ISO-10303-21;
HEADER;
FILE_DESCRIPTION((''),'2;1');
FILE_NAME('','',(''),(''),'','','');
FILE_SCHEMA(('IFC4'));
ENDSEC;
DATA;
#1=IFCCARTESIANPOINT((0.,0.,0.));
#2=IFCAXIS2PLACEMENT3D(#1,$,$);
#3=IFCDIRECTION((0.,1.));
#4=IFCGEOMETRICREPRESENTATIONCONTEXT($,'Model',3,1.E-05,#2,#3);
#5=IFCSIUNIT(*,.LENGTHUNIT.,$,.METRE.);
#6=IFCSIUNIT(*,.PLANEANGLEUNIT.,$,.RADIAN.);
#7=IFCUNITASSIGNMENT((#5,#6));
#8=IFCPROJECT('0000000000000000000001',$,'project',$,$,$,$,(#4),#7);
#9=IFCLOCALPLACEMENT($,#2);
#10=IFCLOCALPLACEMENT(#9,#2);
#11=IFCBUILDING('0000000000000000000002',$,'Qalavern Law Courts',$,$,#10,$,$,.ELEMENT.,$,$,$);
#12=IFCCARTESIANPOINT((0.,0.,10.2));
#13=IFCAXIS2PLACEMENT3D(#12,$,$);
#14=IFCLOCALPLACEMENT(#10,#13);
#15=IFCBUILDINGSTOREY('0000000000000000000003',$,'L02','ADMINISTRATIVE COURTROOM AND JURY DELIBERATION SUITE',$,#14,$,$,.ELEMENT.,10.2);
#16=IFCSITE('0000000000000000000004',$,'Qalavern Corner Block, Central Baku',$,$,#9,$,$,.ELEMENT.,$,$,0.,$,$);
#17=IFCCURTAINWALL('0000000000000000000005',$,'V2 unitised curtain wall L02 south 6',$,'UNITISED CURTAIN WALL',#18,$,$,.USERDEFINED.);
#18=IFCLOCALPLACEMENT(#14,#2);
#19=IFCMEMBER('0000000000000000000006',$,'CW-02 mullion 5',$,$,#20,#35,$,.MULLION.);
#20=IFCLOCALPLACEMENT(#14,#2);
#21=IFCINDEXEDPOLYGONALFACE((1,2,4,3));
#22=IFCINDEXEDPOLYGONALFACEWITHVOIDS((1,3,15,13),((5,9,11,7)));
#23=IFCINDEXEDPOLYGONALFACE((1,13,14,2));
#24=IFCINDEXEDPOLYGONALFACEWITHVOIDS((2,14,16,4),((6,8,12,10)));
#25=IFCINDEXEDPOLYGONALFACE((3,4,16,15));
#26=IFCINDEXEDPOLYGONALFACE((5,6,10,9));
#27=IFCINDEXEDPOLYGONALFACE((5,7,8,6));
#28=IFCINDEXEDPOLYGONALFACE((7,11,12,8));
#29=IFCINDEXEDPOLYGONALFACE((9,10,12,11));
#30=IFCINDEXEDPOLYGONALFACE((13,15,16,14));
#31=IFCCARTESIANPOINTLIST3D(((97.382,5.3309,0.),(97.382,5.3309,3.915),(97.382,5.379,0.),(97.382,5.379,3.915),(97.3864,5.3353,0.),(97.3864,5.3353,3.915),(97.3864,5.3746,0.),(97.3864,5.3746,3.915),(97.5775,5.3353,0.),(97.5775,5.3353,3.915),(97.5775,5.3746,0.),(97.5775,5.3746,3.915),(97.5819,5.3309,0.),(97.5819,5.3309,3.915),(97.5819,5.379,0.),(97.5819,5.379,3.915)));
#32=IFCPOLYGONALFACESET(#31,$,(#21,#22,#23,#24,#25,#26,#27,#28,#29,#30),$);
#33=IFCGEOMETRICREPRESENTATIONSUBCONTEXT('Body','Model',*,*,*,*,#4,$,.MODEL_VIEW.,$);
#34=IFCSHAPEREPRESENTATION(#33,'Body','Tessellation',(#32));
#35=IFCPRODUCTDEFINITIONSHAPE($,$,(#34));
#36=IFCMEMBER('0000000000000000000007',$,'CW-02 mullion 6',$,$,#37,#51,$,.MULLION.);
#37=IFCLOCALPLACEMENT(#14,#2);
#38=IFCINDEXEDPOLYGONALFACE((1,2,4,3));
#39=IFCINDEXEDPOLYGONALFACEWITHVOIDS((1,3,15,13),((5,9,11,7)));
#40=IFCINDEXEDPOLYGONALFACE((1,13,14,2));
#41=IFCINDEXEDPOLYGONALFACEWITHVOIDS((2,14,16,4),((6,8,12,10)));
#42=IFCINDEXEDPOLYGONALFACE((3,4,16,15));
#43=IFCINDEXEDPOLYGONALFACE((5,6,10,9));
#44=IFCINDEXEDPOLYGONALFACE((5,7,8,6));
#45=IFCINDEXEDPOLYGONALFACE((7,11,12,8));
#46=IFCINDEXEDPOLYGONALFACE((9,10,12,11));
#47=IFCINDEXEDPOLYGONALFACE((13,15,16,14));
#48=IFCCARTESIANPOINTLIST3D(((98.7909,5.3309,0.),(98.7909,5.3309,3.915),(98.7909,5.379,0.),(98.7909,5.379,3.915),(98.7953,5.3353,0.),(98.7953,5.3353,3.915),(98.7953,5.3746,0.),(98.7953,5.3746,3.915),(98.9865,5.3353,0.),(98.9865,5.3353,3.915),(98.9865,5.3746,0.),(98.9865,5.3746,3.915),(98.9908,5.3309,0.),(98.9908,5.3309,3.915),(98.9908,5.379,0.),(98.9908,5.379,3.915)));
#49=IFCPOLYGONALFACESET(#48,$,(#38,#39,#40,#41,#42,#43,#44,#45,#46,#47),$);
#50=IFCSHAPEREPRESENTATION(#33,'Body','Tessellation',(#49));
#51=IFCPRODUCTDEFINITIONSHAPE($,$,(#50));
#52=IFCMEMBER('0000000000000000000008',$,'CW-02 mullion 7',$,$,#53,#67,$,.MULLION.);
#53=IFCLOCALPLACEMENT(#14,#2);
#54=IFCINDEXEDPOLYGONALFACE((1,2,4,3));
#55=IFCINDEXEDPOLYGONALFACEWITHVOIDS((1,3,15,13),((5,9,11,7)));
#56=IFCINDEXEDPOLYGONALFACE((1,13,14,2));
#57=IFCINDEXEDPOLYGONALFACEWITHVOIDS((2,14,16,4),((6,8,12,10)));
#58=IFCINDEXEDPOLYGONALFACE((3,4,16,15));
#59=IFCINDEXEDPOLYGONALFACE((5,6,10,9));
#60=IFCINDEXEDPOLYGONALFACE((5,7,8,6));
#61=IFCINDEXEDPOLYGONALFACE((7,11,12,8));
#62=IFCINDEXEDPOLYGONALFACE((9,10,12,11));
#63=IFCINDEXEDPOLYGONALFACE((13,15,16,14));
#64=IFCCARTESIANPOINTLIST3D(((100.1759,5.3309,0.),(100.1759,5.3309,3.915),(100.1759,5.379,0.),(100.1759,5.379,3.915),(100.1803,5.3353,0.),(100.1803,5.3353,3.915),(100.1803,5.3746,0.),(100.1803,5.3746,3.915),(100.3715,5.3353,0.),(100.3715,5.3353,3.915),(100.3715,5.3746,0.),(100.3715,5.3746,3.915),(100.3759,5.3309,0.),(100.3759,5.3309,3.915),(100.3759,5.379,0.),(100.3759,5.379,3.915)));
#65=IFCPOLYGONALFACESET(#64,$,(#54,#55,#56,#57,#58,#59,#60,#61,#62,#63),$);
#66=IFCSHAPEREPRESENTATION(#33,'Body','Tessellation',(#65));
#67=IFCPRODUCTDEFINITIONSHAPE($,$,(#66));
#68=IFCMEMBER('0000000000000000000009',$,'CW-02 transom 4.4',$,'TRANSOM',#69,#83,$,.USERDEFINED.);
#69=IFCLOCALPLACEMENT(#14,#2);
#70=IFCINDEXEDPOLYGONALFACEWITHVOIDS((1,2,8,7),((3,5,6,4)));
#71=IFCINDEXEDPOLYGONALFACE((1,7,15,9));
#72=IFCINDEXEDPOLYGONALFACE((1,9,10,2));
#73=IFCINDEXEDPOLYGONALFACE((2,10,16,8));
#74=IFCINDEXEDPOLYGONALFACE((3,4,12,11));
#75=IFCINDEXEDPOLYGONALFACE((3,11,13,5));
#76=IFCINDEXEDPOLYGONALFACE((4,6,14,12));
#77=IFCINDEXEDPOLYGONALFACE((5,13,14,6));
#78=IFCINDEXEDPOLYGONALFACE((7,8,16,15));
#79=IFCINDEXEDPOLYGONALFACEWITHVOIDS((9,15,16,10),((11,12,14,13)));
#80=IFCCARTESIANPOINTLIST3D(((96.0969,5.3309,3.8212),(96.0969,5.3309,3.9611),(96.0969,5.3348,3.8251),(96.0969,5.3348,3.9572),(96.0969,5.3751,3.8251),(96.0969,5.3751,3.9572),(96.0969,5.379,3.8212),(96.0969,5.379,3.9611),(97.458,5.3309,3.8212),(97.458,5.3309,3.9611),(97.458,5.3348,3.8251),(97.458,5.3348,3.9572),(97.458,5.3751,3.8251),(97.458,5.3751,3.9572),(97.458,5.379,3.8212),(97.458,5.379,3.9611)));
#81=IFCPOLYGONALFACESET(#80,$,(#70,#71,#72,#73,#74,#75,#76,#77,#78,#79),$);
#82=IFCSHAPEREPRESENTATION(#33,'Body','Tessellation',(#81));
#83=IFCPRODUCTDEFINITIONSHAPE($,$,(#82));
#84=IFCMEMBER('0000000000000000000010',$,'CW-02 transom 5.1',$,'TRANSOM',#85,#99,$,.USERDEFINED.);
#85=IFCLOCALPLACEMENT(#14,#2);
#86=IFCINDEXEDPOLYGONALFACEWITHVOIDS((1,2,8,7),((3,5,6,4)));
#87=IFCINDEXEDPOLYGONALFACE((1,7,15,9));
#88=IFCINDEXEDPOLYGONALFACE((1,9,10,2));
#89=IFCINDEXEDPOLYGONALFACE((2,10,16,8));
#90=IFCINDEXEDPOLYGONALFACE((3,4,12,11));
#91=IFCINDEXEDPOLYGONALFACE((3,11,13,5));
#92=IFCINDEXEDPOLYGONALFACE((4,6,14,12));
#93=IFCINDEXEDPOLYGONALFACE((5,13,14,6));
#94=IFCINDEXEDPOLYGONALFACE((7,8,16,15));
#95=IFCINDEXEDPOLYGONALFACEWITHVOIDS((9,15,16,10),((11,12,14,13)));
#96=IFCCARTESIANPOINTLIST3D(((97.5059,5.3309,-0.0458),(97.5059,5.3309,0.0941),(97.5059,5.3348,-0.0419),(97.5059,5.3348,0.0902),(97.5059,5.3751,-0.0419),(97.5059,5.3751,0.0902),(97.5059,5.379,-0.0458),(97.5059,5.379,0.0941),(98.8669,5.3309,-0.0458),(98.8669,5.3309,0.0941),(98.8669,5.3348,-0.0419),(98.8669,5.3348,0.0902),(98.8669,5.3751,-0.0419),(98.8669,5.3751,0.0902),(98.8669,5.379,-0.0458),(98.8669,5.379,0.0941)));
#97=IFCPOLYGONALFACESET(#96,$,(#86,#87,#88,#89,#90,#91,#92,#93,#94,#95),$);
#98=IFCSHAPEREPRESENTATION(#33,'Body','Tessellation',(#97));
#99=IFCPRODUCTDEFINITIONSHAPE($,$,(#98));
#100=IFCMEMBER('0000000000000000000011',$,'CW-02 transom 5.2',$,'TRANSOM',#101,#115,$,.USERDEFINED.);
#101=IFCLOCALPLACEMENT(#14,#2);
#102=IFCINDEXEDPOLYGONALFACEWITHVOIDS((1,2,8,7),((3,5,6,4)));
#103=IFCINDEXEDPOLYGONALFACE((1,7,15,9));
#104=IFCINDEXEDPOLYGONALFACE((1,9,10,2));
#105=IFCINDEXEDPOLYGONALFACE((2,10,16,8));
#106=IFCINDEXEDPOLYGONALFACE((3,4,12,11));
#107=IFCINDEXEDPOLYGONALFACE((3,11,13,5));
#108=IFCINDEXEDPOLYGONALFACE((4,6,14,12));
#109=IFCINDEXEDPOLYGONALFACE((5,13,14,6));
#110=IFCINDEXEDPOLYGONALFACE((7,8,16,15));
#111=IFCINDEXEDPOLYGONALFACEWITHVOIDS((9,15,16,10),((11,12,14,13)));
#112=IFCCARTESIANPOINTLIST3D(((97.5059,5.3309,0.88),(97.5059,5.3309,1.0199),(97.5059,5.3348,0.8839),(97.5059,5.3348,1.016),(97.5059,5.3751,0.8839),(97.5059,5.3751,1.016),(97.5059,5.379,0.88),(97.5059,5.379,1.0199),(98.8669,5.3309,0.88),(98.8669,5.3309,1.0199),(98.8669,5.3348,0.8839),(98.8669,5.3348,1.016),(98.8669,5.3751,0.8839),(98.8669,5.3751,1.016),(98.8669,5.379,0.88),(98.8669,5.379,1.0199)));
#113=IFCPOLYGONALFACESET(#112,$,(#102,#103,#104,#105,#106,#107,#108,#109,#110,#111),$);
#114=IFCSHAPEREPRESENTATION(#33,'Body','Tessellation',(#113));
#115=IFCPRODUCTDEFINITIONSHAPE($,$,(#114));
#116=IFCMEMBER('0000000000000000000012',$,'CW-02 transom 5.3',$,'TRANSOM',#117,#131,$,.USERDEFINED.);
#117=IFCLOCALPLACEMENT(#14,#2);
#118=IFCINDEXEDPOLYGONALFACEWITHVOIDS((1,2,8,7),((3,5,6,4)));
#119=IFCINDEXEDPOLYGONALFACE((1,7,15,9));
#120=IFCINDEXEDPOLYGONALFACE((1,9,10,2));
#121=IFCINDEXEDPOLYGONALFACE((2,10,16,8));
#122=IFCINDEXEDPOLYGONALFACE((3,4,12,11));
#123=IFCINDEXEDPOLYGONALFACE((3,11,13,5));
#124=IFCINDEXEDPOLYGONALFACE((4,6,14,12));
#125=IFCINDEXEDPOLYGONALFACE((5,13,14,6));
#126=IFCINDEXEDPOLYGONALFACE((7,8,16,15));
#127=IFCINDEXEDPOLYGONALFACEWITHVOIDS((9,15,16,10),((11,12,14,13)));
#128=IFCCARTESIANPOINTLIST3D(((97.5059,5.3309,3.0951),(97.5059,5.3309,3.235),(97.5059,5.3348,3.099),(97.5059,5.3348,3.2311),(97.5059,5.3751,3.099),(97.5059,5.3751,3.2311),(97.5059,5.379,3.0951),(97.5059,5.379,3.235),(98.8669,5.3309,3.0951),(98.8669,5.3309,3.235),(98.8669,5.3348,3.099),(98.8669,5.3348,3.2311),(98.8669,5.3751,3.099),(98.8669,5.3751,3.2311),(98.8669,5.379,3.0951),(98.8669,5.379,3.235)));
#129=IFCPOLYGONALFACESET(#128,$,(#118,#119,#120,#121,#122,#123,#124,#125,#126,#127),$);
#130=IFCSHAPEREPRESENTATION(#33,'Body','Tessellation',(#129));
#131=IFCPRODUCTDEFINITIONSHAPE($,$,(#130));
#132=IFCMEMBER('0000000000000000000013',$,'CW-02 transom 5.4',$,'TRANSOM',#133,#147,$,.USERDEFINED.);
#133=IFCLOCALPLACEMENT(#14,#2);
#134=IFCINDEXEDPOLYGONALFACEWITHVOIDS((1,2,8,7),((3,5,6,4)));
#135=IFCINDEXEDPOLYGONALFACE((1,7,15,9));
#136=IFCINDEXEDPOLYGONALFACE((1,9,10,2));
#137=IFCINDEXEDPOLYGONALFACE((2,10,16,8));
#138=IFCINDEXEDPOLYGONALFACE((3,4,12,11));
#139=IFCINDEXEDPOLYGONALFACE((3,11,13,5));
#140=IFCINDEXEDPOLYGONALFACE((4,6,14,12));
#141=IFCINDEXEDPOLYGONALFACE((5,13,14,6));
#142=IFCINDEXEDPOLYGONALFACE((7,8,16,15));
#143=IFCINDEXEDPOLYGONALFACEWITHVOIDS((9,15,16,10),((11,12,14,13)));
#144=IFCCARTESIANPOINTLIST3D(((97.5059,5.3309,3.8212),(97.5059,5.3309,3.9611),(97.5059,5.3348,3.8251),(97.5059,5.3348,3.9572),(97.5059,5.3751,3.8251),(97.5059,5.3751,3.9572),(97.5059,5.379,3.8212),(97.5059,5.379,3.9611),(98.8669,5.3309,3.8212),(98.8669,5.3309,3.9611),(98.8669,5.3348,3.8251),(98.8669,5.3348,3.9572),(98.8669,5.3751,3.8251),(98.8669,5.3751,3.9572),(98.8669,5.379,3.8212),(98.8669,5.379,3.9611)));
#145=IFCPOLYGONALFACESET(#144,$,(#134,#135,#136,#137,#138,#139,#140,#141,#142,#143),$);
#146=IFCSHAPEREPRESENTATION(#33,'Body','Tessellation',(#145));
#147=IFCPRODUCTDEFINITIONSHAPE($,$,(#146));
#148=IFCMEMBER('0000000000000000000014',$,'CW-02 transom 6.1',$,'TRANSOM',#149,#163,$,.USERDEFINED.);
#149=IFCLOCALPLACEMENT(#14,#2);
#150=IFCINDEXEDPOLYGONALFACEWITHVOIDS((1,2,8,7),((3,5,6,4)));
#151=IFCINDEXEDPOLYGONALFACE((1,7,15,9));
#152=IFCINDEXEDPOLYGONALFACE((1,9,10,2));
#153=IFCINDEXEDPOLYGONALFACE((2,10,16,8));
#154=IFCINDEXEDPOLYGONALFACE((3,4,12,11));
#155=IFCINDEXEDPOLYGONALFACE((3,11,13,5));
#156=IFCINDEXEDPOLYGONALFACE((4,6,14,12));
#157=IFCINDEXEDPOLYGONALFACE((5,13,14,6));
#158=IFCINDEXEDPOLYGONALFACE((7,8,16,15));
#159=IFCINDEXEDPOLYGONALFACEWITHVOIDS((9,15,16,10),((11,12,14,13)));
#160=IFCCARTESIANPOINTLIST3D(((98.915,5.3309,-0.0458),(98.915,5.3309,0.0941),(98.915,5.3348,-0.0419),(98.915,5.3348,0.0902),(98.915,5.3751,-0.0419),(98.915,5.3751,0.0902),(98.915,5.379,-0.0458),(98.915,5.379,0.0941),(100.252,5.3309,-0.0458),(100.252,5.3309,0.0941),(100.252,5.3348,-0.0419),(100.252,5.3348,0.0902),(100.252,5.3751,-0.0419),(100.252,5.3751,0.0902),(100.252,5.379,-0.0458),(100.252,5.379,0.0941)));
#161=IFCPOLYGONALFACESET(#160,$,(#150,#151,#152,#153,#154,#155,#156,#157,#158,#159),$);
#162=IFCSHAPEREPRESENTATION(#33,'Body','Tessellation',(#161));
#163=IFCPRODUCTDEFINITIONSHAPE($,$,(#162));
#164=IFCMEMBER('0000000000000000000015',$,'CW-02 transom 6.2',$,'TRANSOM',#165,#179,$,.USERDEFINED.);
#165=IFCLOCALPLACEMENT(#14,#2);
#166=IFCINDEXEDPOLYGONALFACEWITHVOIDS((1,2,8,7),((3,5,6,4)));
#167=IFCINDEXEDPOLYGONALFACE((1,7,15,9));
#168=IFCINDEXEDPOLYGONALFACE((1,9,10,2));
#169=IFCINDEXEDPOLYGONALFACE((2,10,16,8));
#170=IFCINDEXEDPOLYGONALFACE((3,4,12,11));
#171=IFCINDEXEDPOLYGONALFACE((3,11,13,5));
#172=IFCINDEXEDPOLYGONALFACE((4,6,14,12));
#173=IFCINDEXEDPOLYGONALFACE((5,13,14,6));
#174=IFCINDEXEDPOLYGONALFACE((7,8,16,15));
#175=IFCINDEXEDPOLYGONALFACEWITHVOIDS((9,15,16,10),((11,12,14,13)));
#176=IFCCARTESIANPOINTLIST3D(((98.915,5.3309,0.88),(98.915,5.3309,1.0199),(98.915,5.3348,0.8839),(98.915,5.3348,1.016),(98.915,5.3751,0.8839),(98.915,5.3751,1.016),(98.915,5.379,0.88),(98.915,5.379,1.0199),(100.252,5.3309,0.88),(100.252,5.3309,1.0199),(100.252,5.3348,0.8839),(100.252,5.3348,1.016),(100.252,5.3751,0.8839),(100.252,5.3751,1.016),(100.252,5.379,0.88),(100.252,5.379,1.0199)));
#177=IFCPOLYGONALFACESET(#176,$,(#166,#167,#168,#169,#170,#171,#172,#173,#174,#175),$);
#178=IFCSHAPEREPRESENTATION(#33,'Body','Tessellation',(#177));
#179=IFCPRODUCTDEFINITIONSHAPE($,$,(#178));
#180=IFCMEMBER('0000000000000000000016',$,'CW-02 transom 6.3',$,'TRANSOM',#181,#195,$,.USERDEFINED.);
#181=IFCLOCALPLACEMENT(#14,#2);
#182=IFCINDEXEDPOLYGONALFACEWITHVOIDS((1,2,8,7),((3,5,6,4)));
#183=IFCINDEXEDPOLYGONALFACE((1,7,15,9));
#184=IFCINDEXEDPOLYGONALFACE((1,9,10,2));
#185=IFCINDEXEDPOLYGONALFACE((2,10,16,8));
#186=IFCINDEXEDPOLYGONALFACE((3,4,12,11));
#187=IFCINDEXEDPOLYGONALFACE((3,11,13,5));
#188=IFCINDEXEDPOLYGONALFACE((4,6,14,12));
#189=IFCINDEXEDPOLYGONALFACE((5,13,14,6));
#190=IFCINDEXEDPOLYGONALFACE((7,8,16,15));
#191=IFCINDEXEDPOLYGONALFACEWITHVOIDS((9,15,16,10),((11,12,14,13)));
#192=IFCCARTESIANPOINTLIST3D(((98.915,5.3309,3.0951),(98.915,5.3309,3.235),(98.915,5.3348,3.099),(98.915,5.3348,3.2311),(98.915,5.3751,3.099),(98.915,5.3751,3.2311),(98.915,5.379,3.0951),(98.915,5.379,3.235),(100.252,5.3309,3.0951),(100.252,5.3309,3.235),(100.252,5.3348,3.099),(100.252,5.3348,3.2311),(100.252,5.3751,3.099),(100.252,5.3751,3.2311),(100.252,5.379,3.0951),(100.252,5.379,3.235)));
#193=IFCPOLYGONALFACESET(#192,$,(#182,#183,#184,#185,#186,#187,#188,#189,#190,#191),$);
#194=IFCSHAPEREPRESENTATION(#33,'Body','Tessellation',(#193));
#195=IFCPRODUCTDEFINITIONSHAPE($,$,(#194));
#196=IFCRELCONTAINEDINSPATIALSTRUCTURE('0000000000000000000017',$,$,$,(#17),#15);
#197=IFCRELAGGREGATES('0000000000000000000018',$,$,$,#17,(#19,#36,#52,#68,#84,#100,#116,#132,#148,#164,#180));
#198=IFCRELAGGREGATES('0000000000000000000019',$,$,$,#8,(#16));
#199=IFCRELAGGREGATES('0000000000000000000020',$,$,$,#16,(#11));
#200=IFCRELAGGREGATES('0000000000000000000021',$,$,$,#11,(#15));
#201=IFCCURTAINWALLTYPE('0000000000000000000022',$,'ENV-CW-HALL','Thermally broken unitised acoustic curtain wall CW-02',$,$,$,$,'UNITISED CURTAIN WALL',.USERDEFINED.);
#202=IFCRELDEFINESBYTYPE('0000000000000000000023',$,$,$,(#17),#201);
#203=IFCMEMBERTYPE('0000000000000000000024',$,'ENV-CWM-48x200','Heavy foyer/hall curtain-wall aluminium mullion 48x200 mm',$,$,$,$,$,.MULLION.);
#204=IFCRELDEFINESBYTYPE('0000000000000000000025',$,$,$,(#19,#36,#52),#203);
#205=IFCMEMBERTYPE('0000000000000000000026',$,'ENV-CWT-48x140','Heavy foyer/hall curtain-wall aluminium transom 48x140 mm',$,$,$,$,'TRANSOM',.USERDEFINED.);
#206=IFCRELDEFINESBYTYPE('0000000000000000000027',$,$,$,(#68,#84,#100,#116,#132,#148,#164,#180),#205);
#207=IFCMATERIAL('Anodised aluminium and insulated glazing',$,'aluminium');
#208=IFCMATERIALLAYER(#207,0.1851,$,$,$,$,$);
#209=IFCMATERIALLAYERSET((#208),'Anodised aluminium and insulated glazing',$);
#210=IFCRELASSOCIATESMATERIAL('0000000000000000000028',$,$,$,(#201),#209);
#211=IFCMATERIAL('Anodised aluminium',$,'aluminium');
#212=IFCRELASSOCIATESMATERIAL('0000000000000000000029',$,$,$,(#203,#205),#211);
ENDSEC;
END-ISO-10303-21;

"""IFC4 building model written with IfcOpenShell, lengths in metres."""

from ifc_helpers import new_model, si_unit, direction, frame, origin, origin_2d, place, context, subcontext, project, spatial, hollow_rectangle, extrude, material, layer, layer_set, material_profile, profile_set, type_object, element, aggregate, save


model = new_model("IFC4")

# Units and contexts
model_context = context("Model", 3, precision=1e-05, world=origin(), true_north=direction((0.0, 1.0)))
body_context = subcontext(model_context, "Body", "Model", "MODEL_VIEW")
ifc_project = project(units=[si_unit("LENGTHUNIT", "METRE"), si_unit("PLANEANGLEUNIT", "RADIAN")], contexts=[model_context])

# Site, building, storey
site_placement = place(None, origin())
site = spatial("IfcSite", under=ifc_project, at=site_placement, Name="Qalavern Corner Block, Central Baku", CompositionType="ELEMENT", RefElevation=0.0)
building_placement = place(site_placement, origin())
building = spatial("IfcBuilding", under=site, at=building_placement, Name="Qalavern Law Courts", CompositionType="ELEMENT")
storey_placement = place(building_placement, frame((0.0, 0.0, 10.2)))
storey = spatial("IfcBuildingStorey", under=building, at=storey_placement, Name="L02", Description="ADMINISTRATIVE COURTROOM AND JURY DELIBERATION SUITE", CompositionType="ELEMENT", Elevation=10.2)

# Curtain wall, members
ifc_material_1 = material(Name="Anodised aluminium and insulated glazing", Category="aluminium")
ifc_layer_1 = layer(ifc_material_1, 0.1851)
ifc_layer_set_1 = layer_set([ifc_layer_1], Name="Anodised aluminium and insulated glazing")
curtain_wall_type = type_object("IfcCurtainWallType", Name="ENV-CW-HALL", Description="Thermally broken unitised acoustic curtain wall CW-02", ElementType="UNITISED CURTAIN WALL", PredefinedType="USERDEFINED", material=ifc_layer_set_1)
curtain_wall_placement = place(storey_placement, origin())
curtain_wall = element("IfcCurtainWall", 1, at=curtain_wall_placement, inside=storey, type_object=curtain_wall_type, Name="V2 unitised curtain wall L02 south 6", ObjectType="UNITISED CURTAIN WALL", PredefinedType="USERDEFINED")
ifc_material_2 = material(Name="Anodised aluminium", Category="aluminium")
ifc_material_profile_1 = material_profile(ifc_material_2, hollow_rectangle(XDim=0.0481, YDim=0.2, WallThickness=0.0044, at=origin_2d()), Name="ALU MULLION 48x200")
ifc_profile_set_1 = profile_set([ifc_material_profile_1], Name="Anodised aluminium")
member_type_1 = type_object("IfcMemberType", Name="ENV-CWM-48x200", Description="Heavy foyer/hall curtain-wall aluminium mullion 48x200 mm", PredefinedType="MULLION", material=ifc_profile_set_1)
member_1_placement = place(storey_placement, frame((97.4819, 5.355, 0.0), z_axis=(0.0, 0.0, 1.0), x_axis=(0.0, 1.0, 0.0)))
member_1 = element("IfcMember", 2, at=member_1_placement, type_object=member_type_1, Name="CW-02 mullion 5", PredefinedType="MULLION", context=body_context, shape_type="SweptSolid", body=[
    extrude(hollow_rectangle(XDim=0.0481, YDim=0.2, WallThickness=0.0044, at=origin_2d()), origin(), (0.0, 0.0, 1.0), 3.915),
])
member_2_placement = place(storey_placement, frame((98.8909, 5.355, 0.0), z_axis=(0.0, 0.0, 1.0), x_axis=(0.0, 1.0, 0.0)))
member_2 = element("IfcMember", 3, at=member_2_placement, type_object=member_type_1, Name="CW-02 mullion 6", PredefinedType="MULLION", context=body_context, shape_type="SweptSolid", body=[
    extrude(hollow_rectangle(XDim=0.0481, YDim=0.2, WallThickness=0.0044, at=origin_2d()), origin(), (0.0, 0.0, 1.0), 3.915),
])
member_3_placement = place(storey_placement, frame((100.2759, 5.355, 0.0), z_axis=(0.0, 0.0, 1.0), x_axis=(0.0, 1.0, 0.0)))
member_3 = element("IfcMember", 4, at=member_3_placement, type_object=member_type_1, Name="CW-02 mullion 7", PredefinedType="MULLION", context=body_context, shape_type="SweptSolid", body=[
    extrude(hollow_rectangle(XDim=0.0481, YDim=0.2, WallThickness=0.0044, at=origin_2d()), origin(), (0.0, 0.0, 1.0), 3.915),
])
ifc_material_profile_2 = material_profile(ifc_material_2, hollow_rectangle(XDim=0.0481, YDim=0.1399, WallThickness=0.0039, at=origin_2d()), Name="ALU TRANSOM 48x140")
ifc_profile_set_2 = profile_set([ifc_material_profile_2], Name="Anodised aluminium")
member_type_2 = type_object("IfcMemberType", Name="ENV-CWT-48x140", Description="Heavy foyer/hall curtain-wall aluminium transom 48x140 mm", ElementType="TRANSOM", PredefinedType="USERDEFINED", material=ifc_profile_set_2)
member_4_placement = place(storey_placement, frame((96.0969, 5.355, 3.8911), z_axis=(1.0, 0.0, 0.0), x_axis=(0.0, 1.0, 0.0)))
member_4 = element("IfcMember", 5, at=member_4_placement, type_object=member_type_2, Name="CW-02 transom 4.4", ObjectType="TRANSOM", PredefinedType="USERDEFINED", context=body_context, shape_type="SweptSolid", body=[
    extrude(hollow_rectangle(XDim=0.0481, YDim=0.1399, WallThickness=0.0039, at=origin_2d()), origin(), (0.0, 0.0, 1.0), 1.3611),
])
member_5_placement = place(storey_placement, frame((97.5059, 5.355, 0.0242), z_axis=(1.0, 0.0, 0.0), x_axis=(0.0, 1.0, 0.0)))
member_5 = element("IfcMember", 6, at=member_5_placement, type_object=member_type_2, Name="CW-02 transom 5.1", ObjectType="TRANSOM", PredefinedType="USERDEFINED", context=body_context, shape_type="SweptSolid", body=[
    extrude(hollow_rectangle(XDim=0.0481, YDim=0.1399, WallThickness=0.0039, at=origin_2d()), origin(), (0.0, 0.0, 1.0), 1.3611),
])
member_6_placement = place(storey_placement, frame((97.5059, 5.355, 0.95), z_axis=(1.0, 0.0, 0.0), x_axis=(0.0, 1.0, 0.0)))
member_6 = element("IfcMember", 7, at=member_6_placement, type_object=member_type_2, Name="CW-02 transom 5.2", ObjectType="TRANSOM", PredefinedType="USERDEFINED", context=body_context, shape_type="SweptSolid", body=[
    extrude(hollow_rectangle(XDim=0.0481, YDim=0.1399, WallThickness=0.0039, at=origin_2d()), origin(), (0.0, 0.0, 1.0), 1.3611),
])
member_7_placement = place(storey_placement, frame((97.5059, 5.355, 3.165), z_axis=(1.0, 0.0, 0.0), x_axis=(0.0, 1.0, 0.0)))
member_7 = element("IfcMember", 8, at=member_7_placement, type_object=member_type_2, Name="CW-02 transom 5.3", ObjectType="TRANSOM", PredefinedType="USERDEFINED", context=body_context, shape_type="SweptSolid", body=[
    extrude(hollow_rectangle(XDim=0.0481, YDim=0.1399, WallThickness=0.0039, at=origin_2d()), origin(), (0.0, 0.0, 1.0), 1.3611),
])
member_8_placement = place(storey_placement, frame((97.5059, 5.355, 3.8911), z_axis=(1.0, 0.0, 0.0), x_axis=(0.0, 1.0, 0.0)))
member_8 = element("IfcMember", 9, at=member_8_placement, type_object=member_type_2, Name="CW-02 transom 5.4", ObjectType="TRANSOM", PredefinedType="USERDEFINED", context=body_context, shape_type="SweptSolid", body=[
    extrude(hollow_rectangle(XDim=0.0481, YDim=0.1399, WallThickness=0.0039, at=origin_2d()), origin(), (0.0, 0.0, 1.0), 1.3611),
])
member_9_placement = place(storey_placement, frame((98.915, 5.355, 0.0242), z_axis=(1.0, 0.0, 0.0), x_axis=(0.0, 1.0, 0.0)))
member_9 = element("IfcMember", 10, at=member_9_placement, type_object=member_type_2, Name="CW-02 transom 6.1", ObjectType="TRANSOM", PredefinedType="USERDEFINED", context=body_context, shape_type="SweptSolid", body=[
    extrude(hollow_rectangle(XDim=0.0481, YDim=0.1399, WallThickness=0.0039, at=origin_2d()), origin(), (0.0, 0.0, 1.0), 1.3369),
])
member_10_placement = place(storey_placement, frame((98.915, 5.355, 0.95), z_axis=(1.0, 0.0, 0.0), x_axis=(0.0, 1.0, 0.0)))
member_10 = element("IfcMember", 11, at=member_10_placement, type_object=member_type_2, Name="CW-02 transom 6.2", ObjectType="TRANSOM", PredefinedType="USERDEFINED", context=body_context, shape_type="SweptSolid", body=[
    extrude(hollow_rectangle(XDim=0.0481, YDim=0.1399, WallThickness=0.0039, at=origin_2d()), origin(), (0.0, 0.0, 1.0), 1.3369),
])
member_11_placement = place(storey_placement, frame((98.915, 5.355, 3.165), z_axis=(1.0, 0.0, 0.0), x_axis=(0.0, 1.0, 0.0)))
member_11 = element("IfcMember", 12, at=member_11_placement, type_object=member_type_2, Name="CW-02 transom 6.3", ObjectType="TRANSOM", PredefinedType="USERDEFINED", context=body_context, shape_type="SweptSolid", body=[
    extrude(hollow_rectangle(XDim=0.0481, YDim=0.1399, WallThickness=0.0039, at=origin_2d()), origin(), (0.0, 0.0, 1.0), 1.3369),
])
aggregate(curtain_wall, [member_1, member_2, member_3, member_4, member_5, member_6, member_7, member_8, member_9, member_10, member_11])

save(model, "model.ifc")
